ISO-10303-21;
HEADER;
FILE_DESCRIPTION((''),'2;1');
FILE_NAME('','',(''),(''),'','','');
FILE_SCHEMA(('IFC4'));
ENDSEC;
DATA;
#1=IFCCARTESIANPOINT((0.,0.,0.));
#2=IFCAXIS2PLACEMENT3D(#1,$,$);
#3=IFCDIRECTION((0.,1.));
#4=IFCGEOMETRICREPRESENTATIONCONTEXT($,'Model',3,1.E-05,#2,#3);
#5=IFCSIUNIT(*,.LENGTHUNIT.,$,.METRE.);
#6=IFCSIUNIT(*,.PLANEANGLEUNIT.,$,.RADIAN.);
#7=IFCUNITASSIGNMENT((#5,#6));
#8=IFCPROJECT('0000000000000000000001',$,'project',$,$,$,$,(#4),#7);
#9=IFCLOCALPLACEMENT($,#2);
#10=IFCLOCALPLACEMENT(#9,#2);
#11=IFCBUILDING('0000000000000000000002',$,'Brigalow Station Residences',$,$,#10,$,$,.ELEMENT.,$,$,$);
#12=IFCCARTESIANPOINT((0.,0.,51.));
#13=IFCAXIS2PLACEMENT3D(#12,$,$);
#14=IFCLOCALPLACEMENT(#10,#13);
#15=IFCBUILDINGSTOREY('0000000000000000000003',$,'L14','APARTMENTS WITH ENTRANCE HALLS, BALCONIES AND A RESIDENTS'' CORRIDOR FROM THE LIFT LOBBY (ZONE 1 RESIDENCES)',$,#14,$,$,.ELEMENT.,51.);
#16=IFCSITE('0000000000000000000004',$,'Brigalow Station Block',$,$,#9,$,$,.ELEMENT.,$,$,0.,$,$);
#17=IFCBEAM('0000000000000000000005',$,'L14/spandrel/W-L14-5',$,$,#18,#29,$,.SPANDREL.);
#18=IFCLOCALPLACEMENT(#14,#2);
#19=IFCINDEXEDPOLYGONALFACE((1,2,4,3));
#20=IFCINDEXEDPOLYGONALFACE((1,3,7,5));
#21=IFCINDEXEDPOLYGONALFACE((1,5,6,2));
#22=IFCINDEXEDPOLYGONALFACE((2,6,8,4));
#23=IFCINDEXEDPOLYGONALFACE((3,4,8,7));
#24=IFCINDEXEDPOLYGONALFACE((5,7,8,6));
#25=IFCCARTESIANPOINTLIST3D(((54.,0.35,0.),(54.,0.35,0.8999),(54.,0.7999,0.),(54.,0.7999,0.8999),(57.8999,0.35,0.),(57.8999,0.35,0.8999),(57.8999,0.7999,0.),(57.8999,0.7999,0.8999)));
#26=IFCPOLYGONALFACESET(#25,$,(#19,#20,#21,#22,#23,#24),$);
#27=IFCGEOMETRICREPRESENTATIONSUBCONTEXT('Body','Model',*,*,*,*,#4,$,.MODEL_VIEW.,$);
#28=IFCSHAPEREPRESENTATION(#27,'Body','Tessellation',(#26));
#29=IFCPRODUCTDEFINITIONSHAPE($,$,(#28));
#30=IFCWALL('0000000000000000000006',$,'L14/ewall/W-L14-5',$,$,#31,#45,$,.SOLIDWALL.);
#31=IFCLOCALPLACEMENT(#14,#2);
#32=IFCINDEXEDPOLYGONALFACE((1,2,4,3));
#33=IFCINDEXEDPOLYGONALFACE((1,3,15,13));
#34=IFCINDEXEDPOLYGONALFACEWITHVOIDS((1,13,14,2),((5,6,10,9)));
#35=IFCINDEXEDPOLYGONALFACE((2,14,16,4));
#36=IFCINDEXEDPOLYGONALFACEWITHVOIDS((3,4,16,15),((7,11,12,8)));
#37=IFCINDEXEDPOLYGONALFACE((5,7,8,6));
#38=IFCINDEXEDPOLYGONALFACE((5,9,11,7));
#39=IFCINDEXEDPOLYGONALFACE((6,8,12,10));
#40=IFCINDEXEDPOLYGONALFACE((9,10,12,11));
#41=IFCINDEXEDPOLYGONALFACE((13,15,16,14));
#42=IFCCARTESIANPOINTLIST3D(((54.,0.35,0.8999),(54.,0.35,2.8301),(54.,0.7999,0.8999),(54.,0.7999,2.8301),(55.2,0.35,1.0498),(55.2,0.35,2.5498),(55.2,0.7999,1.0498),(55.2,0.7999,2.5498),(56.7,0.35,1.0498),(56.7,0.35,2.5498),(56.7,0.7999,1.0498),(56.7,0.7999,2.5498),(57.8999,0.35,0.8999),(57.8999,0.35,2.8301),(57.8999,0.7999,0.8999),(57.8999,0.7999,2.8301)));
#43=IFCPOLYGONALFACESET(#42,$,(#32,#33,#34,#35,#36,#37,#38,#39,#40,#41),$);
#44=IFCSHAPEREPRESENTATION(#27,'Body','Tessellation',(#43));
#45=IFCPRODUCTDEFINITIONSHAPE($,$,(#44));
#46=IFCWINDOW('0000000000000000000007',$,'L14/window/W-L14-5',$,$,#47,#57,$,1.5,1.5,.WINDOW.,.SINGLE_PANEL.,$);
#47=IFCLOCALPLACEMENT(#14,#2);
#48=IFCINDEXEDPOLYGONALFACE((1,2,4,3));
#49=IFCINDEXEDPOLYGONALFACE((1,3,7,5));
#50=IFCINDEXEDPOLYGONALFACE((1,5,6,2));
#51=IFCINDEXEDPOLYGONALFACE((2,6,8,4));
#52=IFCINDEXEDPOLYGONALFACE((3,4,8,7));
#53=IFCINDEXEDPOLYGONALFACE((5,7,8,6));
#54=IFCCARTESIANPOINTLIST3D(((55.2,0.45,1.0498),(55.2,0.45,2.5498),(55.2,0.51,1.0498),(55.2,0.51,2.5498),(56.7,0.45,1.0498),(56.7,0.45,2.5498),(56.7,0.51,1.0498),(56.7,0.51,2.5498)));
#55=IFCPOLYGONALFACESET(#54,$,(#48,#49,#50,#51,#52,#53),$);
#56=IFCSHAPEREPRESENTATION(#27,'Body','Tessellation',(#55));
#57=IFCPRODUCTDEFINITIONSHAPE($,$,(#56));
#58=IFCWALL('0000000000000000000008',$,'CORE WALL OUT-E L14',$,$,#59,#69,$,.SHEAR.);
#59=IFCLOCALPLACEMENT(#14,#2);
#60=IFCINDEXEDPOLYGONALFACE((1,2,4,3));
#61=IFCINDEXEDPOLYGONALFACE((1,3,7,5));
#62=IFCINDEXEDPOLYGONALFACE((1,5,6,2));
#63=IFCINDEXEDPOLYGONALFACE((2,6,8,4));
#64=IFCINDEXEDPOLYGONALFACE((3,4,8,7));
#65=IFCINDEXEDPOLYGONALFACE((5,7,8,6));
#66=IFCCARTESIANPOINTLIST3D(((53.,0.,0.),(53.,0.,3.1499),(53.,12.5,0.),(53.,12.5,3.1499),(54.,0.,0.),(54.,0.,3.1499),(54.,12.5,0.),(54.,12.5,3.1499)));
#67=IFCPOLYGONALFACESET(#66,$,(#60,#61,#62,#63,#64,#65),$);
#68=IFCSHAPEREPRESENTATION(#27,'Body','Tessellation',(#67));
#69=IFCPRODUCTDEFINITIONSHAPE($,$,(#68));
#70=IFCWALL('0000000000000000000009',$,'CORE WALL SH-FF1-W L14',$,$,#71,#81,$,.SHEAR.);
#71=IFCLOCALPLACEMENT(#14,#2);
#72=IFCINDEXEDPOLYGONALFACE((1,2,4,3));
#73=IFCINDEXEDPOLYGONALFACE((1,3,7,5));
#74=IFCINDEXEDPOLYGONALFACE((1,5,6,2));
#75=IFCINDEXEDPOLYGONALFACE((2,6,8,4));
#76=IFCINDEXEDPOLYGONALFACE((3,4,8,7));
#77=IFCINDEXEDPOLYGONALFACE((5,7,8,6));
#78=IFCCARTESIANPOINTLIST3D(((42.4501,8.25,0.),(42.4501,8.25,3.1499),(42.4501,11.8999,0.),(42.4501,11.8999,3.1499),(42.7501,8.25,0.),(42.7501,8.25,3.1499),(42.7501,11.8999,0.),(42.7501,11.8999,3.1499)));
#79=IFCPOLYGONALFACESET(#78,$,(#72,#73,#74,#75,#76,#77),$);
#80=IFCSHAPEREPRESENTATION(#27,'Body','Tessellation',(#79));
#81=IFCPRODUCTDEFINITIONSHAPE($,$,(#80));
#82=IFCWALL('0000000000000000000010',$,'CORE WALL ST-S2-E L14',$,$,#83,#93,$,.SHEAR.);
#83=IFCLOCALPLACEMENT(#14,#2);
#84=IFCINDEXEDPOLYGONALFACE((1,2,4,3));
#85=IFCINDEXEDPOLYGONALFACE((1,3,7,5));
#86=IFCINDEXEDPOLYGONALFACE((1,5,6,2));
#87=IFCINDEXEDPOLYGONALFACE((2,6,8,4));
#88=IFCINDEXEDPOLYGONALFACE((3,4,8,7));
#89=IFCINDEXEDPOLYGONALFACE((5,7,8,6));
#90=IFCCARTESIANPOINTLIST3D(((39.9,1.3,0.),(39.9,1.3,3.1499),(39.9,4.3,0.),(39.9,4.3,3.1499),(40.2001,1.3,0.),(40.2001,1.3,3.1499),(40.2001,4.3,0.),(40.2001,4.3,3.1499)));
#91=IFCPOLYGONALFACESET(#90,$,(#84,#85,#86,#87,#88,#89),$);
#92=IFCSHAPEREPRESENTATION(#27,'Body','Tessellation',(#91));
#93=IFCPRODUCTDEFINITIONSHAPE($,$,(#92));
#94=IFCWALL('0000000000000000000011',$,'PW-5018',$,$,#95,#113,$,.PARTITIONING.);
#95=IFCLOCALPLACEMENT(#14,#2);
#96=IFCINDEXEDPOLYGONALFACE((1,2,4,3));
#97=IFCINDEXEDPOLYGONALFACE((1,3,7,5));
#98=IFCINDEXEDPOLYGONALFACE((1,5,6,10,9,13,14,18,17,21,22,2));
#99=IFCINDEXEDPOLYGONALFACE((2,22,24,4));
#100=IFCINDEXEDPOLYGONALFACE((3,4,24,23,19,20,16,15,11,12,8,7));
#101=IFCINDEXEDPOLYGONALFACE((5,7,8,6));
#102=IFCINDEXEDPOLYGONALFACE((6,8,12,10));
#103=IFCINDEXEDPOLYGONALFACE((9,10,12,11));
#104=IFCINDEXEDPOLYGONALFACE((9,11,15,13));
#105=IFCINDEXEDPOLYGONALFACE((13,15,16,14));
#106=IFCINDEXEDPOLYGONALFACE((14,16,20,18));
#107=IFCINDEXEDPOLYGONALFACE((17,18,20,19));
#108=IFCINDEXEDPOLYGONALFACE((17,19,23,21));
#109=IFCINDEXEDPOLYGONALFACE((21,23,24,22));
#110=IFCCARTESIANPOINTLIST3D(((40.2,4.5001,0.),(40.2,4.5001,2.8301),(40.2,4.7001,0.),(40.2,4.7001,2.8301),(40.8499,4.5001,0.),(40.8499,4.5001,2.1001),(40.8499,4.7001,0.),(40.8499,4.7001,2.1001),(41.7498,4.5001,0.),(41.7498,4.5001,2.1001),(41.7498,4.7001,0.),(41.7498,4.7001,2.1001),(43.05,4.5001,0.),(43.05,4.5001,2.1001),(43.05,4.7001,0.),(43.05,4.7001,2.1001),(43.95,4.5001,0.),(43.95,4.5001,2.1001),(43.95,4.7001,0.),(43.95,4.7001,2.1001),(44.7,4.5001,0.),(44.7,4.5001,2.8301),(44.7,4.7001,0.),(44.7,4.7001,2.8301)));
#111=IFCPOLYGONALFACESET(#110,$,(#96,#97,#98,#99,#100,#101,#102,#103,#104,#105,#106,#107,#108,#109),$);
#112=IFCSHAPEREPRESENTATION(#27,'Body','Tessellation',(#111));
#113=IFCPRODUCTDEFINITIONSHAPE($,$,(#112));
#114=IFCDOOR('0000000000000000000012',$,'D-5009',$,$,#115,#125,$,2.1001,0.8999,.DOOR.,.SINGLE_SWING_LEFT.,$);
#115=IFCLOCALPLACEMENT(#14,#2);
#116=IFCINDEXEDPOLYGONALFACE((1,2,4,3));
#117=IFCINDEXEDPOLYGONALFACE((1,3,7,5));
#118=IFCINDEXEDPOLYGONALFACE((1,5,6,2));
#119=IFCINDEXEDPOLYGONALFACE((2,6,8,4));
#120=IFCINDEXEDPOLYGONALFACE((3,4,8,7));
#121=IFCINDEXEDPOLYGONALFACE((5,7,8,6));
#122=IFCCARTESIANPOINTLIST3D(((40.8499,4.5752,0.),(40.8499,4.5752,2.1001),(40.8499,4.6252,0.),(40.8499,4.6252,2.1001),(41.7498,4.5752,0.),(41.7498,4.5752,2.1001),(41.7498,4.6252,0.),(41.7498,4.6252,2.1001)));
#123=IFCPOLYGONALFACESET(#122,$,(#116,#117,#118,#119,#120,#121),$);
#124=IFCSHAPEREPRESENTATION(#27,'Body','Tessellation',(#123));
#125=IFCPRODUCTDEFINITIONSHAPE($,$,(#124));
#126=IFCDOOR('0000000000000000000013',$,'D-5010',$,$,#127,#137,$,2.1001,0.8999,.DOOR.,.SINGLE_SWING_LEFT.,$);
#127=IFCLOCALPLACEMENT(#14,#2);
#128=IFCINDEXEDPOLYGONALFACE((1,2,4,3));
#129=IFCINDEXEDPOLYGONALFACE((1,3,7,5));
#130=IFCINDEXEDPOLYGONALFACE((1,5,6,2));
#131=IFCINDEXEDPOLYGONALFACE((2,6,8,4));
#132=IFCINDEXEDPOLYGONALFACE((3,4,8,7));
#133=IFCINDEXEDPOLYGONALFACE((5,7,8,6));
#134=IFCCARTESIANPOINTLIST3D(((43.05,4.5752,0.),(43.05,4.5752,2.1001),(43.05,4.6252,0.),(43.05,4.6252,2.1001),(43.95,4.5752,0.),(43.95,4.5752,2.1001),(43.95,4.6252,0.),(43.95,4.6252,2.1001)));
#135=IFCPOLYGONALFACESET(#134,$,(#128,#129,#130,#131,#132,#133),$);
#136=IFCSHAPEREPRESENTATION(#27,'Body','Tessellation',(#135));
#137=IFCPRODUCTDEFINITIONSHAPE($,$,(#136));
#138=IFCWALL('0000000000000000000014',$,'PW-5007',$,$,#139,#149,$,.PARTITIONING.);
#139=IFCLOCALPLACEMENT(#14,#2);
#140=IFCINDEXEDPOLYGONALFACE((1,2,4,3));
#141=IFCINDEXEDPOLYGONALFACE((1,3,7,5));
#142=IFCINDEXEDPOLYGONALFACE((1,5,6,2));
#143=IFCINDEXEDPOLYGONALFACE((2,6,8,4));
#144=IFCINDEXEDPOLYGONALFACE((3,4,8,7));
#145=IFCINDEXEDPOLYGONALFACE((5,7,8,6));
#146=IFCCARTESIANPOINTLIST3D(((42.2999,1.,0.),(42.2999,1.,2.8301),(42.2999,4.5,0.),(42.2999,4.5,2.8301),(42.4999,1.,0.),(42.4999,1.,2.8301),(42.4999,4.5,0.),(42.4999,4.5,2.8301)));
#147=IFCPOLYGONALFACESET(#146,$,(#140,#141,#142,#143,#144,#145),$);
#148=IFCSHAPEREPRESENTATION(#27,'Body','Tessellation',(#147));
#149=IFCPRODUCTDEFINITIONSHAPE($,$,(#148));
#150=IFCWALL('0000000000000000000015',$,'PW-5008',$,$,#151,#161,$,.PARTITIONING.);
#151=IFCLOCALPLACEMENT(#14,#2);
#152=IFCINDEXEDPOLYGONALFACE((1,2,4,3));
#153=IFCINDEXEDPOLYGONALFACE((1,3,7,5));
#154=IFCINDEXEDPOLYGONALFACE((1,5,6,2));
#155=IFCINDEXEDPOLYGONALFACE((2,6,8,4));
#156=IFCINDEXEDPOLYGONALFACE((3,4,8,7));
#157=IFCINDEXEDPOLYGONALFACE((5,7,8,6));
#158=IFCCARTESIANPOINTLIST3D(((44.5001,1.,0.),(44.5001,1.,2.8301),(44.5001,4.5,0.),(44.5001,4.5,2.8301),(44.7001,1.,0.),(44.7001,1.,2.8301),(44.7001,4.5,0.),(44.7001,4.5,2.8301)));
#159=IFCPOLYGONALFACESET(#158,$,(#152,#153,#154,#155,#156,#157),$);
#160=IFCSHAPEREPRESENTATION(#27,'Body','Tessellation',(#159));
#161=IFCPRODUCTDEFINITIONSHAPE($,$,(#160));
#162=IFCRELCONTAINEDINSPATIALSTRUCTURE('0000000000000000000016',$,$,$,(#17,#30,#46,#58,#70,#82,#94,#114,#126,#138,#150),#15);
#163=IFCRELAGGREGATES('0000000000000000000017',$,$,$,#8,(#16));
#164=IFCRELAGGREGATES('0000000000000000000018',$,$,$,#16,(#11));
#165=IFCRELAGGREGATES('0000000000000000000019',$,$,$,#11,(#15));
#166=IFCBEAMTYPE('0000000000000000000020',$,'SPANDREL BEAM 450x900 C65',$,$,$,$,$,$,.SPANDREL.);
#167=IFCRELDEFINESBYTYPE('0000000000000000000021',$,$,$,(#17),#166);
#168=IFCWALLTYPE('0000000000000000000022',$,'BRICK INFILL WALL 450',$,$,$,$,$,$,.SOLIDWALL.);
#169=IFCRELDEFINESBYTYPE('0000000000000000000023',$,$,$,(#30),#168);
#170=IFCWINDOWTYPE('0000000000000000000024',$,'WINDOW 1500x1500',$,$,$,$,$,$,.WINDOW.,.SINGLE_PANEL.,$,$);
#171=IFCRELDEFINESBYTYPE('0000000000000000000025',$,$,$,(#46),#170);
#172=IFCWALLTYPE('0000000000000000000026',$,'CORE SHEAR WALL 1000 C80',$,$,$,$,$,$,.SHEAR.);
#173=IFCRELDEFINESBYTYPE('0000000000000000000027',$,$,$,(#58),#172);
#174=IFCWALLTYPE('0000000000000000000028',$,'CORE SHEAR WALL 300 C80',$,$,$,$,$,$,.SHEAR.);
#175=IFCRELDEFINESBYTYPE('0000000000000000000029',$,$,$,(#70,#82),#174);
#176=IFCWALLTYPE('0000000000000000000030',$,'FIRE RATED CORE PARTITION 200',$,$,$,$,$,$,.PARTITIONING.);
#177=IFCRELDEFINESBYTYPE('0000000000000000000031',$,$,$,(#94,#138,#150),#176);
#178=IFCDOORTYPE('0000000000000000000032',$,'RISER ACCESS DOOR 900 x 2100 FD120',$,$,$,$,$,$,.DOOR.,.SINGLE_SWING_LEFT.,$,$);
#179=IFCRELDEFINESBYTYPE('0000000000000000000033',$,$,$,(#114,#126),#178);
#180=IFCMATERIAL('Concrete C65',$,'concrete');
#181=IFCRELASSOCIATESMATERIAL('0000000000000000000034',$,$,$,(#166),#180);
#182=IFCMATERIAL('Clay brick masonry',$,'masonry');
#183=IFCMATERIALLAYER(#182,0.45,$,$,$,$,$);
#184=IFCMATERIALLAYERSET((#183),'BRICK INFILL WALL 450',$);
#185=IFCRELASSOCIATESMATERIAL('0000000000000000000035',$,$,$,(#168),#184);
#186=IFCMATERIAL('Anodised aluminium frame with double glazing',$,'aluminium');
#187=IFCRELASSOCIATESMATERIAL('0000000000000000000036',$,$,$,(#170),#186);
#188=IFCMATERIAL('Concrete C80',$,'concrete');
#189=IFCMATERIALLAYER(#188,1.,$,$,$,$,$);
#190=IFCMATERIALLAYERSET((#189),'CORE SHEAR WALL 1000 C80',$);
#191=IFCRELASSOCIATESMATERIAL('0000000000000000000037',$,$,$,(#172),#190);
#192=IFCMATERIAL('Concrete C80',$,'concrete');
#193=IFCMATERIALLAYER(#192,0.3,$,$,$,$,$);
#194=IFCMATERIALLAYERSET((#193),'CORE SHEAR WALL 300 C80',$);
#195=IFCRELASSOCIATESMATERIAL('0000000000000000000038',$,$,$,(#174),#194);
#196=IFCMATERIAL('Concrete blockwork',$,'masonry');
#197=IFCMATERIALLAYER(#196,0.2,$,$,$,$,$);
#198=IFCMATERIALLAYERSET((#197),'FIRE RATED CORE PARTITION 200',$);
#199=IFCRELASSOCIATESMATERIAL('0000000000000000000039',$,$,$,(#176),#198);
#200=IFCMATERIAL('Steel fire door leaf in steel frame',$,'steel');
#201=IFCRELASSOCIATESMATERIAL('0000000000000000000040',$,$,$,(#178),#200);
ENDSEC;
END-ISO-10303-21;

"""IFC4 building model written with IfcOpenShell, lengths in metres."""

from ifc_helpers import new_model, si_unit, direction, frame, frame_2d, origin, origin_2d, place, context, subcontext, project, spatial, rectangle, extrude, material, layer, layer_set, material_profile, profile_set, type_object, element, fill, save


model = new_model("IFC4")

# Units and contexts
model_context = context("Model", 3, precision=1e-05, world=origin(), true_north=direction((0.0, 1.0)))
body_context = subcontext(model_context, "Body", "Model", "MODEL_VIEW")
ifc_project = project(units=[si_unit("LENGTHUNIT", "METRE"), si_unit("PLANEANGLEUNIT", "RADIAN")], contexts=[model_context])

# Site, building, storey
site_placement = place(None, origin())
site = spatial("IfcSite", under=ifc_project, at=site_placement, Name="Brigalow Station Block", CompositionType="ELEMENT", RefElevation=0.0)
building_placement = place(site_placement, origin())
building = spatial("IfcBuilding", under=site, at=building_placement, Name="Brigalow Station Residences", CompositionType="ELEMENT")
storey_placement = place(building_placement, frame((0.0, 0.0, 51.0)))
storey = spatial("IfcBuildingStorey", under=building, at=storey_placement, Name="L14", Description="APARTMENTS WITH ENTRANCE HALLS, BALCONIES AND A RESIDENTS' CORRIDOR FROM THE LIFT LOBBY (ZONE 1 RESIDENCES)", CompositionType="ELEMENT", Elevation=51.0)

# Beam
ifc_material_1 = material(Name="Concrete C65", Category="concrete")
ifc_material_profile = material_profile(ifc_material_1, rectangle(XDim=0.45, YDim=0.8999, at=origin_2d()), Name="RC450x900")
ifc_profile_set = profile_set([ifc_material_profile], Name="Concrete C65")
beam_type = type_object("IfcBeamType", Name="SPANDREL BEAM 450x900 C65", PredefinedType="SPANDREL", material=ifc_profile_set)
beam_placement = place(storey_placement, frame((54.0, 0.575, 0.45), z_axis=(1.0, 0.0, 0.0), x_axis=(0.0, 1.0, 0.0)))
element("IfcBeam", 1, at=beam_placement, inside=storey, type_object=beam_type, Name="L14/spandrel/W-L14-5", PredefinedType="SPANDREL", context=body_context, shape_type="SweptSolid", body=[
    extrude(rectangle(XDim=0.45, YDim=0.8999, at=origin_2d()), origin(), (0.0, 0.0, 1.0), 3.8999),
])

# Wall, opening, window
ifc_material_2 = material(Name="Clay brick masonry", Category="masonry")
ifc_layer_1 = layer(ifc_material_2, 0.45)
ifc_layer_set_1 = layer_set([ifc_layer_1], Name="BRICK INFILL WALL 450")
wall_type_1 = type_object("IfcWallType", Name="BRICK INFILL WALL 450", PredefinedType="SOLIDWALL", material=ifc_layer_set_1)
wall_1_placement = place(storey_placement, frame((54.0, 0.575, 0.8999), z_axis=(0.0, 0.0, 1.0), x_axis=(1.0, 0.0, 0.0)))
wall_1 = element("IfcWall", 2, at=wall_1_placement, inside=storey, type_object=wall_type_1, Name="L14/ewall/W-L14-5", PredefinedType="SOLIDWALL", context=body_context, shape_type="SweptSolid", body=[
    extrude(rectangle(XDim=3.8999, YDim=0.45, at=frame_2d((1.95, 0.0))), origin(), (0.0, 0.0, 1.0), 1.9302),
])
opening_1_placement = place(wall_1_placement, frame((1.2, 0.0, 0.1499)))
opening_1 = element("IfcOpeningElement", 3, at=opening_1_placement, cuts=wall_1, PredefinedType="OPENING", context=body_context, shape_type="SweptSolid", body=[
    extrude(rectangle(XDim=1.5, YDim=1.5, at=frame_2d((0.75, 0.75))), frame((0.0, 0.2349, 0.0), z_axis=(0.0, -1.0, 0.0), x_axis=(1.0, 0.0, 0.0)), (0.0, 0.0, 1.0), 0.47),
])
ifc_material_3 = material(Name="Anodised aluminium frame with double glazing", Category="aluminium")
window_type = type_object("IfcWindowType", Name="WINDOW 1500x1500", PartitioningType="SINGLE_PANEL", PredefinedType="WINDOW", material=ifc_material_3)
window_placement = place(opening_1_placement, origin())
window = element("IfcWindow", 4, at=window_placement, inside=storey, type_object=window_type, Name="L14/window/W-L14-5", OverallHeight=1.5, OverallWidth=1.5, PartitioningType="SINGLE_PANEL", PredefinedType="WINDOW", context=body_context, shape_type="SweptSolid", body=[
    extrude(rectangle(XDim=1.5, YDim=1.5, at=frame_2d((0.75, 0.75))), frame((0.0, -0.0649, 0.0), z_axis=(0.0, -1.0, 0.0), x_axis=(1.0, 0.0, 0.0)), (0.0, 0.0, 1.0), 0.0601),
])
fill(opening_1, window)

# Walls
ifc_material_4 = material(Name="Concrete C80", Category="concrete")
ifc_layer_2 = layer(ifc_material_4, 1.0)
ifc_layer_set_2 = layer_set([ifc_layer_2], Name="CORE SHEAR WALL 1000 C80")
wall_type_2 = type_object("IfcWallType", Name="CORE SHEAR WALL 1000 C80", PredefinedType="SHEAR", material=ifc_layer_set_2)
wall_2_placement = place(storey_placement, frame((53.5, 0.0, 0.0), z_axis=(0.0, 0.0, 1.0), x_axis=(0.0, 1.0, 0.0)))
element("IfcWall", 5, at=wall_2_placement, inside=storey, type_object=wall_type_2, Name="CORE WALL OUT-E L14", PredefinedType="SHEAR", context=body_context, shape_type="SweptSolid", body=[
    extrude(rectangle(XDim=12.5, YDim=1.0, at=frame_2d((6.25, 0.0))), origin(), (0.0, 0.0, 1.0), 3.1499),
])
ifc_material_5 = material(Name="Concrete C80", Category="concrete")
ifc_layer_3 = layer(ifc_material_5, 0.3)
ifc_layer_set_3 = layer_set([ifc_layer_3], Name="CORE SHEAR WALL 300 C80")
wall_type_3 = type_object("IfcWallType", Name="CORE SHEAR WALL 300 C80", PredefinedType="SHEAR", material=ifc_layer_set_3)
wall_3_placement = place(storey_placement, frame((42.6001, 8.25, 0.0), z_axis=(0.0, 0.0, 1.0), x_axis=(0.0, 1.0, 0.0)))
element("IfcWall", 6, at=wall_3_placement, inside=storey, type_object=wall_type_3, Name="CORE WALL SH-FF1-W L14", PredefinedType="SHEAR", context=body_context, shape_type="SweptSolid", body=[
    extrude(rectangle(XDim=3.6499, YDim=0.3, at=frame_2d((1.825, 0.0))), origin(), (0.0, 0.0, 1.0), 3.1499),
])
wall_4_placement = place(storey_placement, frame((40.05, 1.3, 0.0), z_axis=(0.0, 0.0, 1.0), x_axis=(0.0, 1.0, 0.0)))
element("IfcWall", 7, at=wall_4_placement, inside=storey, type_object=wall_type_3, Name="CORE WALL ST-S2-E L14", PredefinedType="SHEAR", context=body_context, shape_type="SweptSolid", body=[
    extrude(rectangle(XDim=3.0, YDim=0.3, at=frame_2d((1.5, 0.0))), origin(), (0.0, 0.0, 1.0), 3.1499),
])

# Wall, openings, doors
ifc_material_6 = material(Name="Concrete blockwork", Category="masonry")
ifc_layer_4 = layer(ifc_material_6, 0.2)
ifc_layer_set_4 = layer_set([ifc_layer_4], Name="FIRE RATED CORE PARTITION 200")
wall_type_4 = type_object("IfcWallType", Name="FIRE RATED CORE PARTITION 200", PredefinedType="PARTITIONING", material=ifc_layer_set_4)
wall_5_placement = place(storey_placement, frame((40.2, 4.6001, 0.0), z_axis=(0.0, 0.0, 1.0), x_axis=(1.0, 0.0, 0.0)))
wall_5 = element("IfcWall", 8, at=wall_5_placement, inside=storey, type_object=wall_type_4, Name="PW-5018", PredefinedType="PARTITIONING", context=body_context, shape_type="SweptSolid", body=[
    extrude(rectangle(XDim=4.5, YDim=0.2, at=frame_2d((2.25, 0.0))), origin(), (0.0, 0.0, 1.0), 2.8301),
])
opening_2_placement = place(wall_5_placement, frame((0.6499, 0.0, 0.0)))
opening_2 = element("IfcOpeningElement", 9, at=opening_2_placement, cuts=wall_5, PredefinedType="OPENING", context=body_context, shape_type="SweptSolid", body=[
    extrude(rectangle(XDim=0.8999, YDim=2.1001, at=frame_2d((0.45, 1.05))), frame((0.0, 0.1099, 0.0), z_axis=(0.0, -1.0, 0.0), x_axis=(1.0, 0.0, 0.0)), (0.0, 0.0, 1.0), 0.22),
])
opening_3_placement = place(wall_5_placement, frame((2.8501, 0.0, 0.0)))
opening_3 = element("IfcOpeningElement", 10, at=opening_3_placement, cuts=wall_5, PredefinedType="OPENING", context=body_context, shape_type="SweptSolid", body=[
    extrude(rectangle(XDim=0.8999, YDim=2.1001, at=frame_2d((0.45, 1.05))), frame((0.0, 0.1099, 0.0), z_axis=(0.0, -1.0, 0.0), x_axis=(1.0, 0.0, 0.0)), (0.0, 0.0, 1.0), 0.22),
])
ifc_material_7 = material(Name="Steel fire door leaf in steel frame", Category="steel")
door_type_1 = type_object("IfcDoorType", Name="RISER ACCESS DOOR 900 x 2100 FD120", OperationType="SINGLE_SWING_LEFT", PredefinedType="DOOR", material=ifc_material_7)
door_1_placement = place(opening_2_placement, frame((0.8999, 0.0, 0.0), z_axis=(0.0, 0.0, 1.0), x_axis=(-1.0, 0.0, 0.0)))
door_1 = element("IfcDoor", 11, at=door_1_placement, inside=storey, type_object=door_type_1, Name="D-5009", OperationType="SINGLE_SWING_LEFT", OverallHeight=2.1001, OverallWidth=0.8999, PredefinedType="DOOR", context=body_context, shape_type="SweptSolid", body=[
    extrude(rectangle(XDim=0.8999, YDim=2.1001, at=frame_2d((0.45, 1.05))), frame((0.0, 0.0249, 0.0), z_axis=(0.0, -1.0, 0.0), x_axis=(1.0, 0.0, 0.0)), (0.0, 0.0, 1.0), 0.05),
])
fill(opening_2, door_1)
door_2_placement = place(opening_3_placement, frame((0.8999, 0.0, 0.0), z_axis=(0.0, 0.0, 1.0), x_axis=(-1.0, 0.0, 0.0)))
door_2 = element("IfcDoor", 12, at=door_2_placement, inside=storey, type_object=door_type_1, Name="D-5010", OperationType="SINGLE_SWING_LEFT", OverallHeight=2.1001, OverallWidth=0.8999, PredefinedType="DOOR", context=body_context, shape_type="SweptSolid", body=[
    extrude(rectangle(XDim=0.8999, YDim=2.1001, at=frame_2d((0.45, 1.05))), frame((0.0, 0.0249, 0.0), z_axis=(0.0, -1.0, 0.0), x_axis=(1.0, 0.0, 0.0)), (0.0, 0.0, 1.0), 0.05),
])
fill(opening_3, door_2)

# Walls
for number, where, z_axis, x_axis, name in (
    (13, (42.3999, 1.0, 0.0), (0.0, 0.0, 1.0), (0.0, 1.0, 0.0), "PW-5007"),
    (14, (44.6001, 1.0, 0.0), (0.0, 0.0, 1.0), (0.0, 1.0, 0.0), "PW-5008"),
):
    element("IfcWall", number, at=place(storey_placement, frame(where, z_axis=z_axis, x_axis=x_axis)), inside=storey, type_object=wall_type_4, Name=name, PredefinedType="PARTITIONING", context=body_context, shape_type="SweptSolid", body=[
        extrude(rectangle(XDim=3.5, YDim=0.2, at=frame_2d((1.75, 0.0))), origin(), (0.0, 0.0, 1.0), 2.8301),
    ])

save(model, "model.ifc")
